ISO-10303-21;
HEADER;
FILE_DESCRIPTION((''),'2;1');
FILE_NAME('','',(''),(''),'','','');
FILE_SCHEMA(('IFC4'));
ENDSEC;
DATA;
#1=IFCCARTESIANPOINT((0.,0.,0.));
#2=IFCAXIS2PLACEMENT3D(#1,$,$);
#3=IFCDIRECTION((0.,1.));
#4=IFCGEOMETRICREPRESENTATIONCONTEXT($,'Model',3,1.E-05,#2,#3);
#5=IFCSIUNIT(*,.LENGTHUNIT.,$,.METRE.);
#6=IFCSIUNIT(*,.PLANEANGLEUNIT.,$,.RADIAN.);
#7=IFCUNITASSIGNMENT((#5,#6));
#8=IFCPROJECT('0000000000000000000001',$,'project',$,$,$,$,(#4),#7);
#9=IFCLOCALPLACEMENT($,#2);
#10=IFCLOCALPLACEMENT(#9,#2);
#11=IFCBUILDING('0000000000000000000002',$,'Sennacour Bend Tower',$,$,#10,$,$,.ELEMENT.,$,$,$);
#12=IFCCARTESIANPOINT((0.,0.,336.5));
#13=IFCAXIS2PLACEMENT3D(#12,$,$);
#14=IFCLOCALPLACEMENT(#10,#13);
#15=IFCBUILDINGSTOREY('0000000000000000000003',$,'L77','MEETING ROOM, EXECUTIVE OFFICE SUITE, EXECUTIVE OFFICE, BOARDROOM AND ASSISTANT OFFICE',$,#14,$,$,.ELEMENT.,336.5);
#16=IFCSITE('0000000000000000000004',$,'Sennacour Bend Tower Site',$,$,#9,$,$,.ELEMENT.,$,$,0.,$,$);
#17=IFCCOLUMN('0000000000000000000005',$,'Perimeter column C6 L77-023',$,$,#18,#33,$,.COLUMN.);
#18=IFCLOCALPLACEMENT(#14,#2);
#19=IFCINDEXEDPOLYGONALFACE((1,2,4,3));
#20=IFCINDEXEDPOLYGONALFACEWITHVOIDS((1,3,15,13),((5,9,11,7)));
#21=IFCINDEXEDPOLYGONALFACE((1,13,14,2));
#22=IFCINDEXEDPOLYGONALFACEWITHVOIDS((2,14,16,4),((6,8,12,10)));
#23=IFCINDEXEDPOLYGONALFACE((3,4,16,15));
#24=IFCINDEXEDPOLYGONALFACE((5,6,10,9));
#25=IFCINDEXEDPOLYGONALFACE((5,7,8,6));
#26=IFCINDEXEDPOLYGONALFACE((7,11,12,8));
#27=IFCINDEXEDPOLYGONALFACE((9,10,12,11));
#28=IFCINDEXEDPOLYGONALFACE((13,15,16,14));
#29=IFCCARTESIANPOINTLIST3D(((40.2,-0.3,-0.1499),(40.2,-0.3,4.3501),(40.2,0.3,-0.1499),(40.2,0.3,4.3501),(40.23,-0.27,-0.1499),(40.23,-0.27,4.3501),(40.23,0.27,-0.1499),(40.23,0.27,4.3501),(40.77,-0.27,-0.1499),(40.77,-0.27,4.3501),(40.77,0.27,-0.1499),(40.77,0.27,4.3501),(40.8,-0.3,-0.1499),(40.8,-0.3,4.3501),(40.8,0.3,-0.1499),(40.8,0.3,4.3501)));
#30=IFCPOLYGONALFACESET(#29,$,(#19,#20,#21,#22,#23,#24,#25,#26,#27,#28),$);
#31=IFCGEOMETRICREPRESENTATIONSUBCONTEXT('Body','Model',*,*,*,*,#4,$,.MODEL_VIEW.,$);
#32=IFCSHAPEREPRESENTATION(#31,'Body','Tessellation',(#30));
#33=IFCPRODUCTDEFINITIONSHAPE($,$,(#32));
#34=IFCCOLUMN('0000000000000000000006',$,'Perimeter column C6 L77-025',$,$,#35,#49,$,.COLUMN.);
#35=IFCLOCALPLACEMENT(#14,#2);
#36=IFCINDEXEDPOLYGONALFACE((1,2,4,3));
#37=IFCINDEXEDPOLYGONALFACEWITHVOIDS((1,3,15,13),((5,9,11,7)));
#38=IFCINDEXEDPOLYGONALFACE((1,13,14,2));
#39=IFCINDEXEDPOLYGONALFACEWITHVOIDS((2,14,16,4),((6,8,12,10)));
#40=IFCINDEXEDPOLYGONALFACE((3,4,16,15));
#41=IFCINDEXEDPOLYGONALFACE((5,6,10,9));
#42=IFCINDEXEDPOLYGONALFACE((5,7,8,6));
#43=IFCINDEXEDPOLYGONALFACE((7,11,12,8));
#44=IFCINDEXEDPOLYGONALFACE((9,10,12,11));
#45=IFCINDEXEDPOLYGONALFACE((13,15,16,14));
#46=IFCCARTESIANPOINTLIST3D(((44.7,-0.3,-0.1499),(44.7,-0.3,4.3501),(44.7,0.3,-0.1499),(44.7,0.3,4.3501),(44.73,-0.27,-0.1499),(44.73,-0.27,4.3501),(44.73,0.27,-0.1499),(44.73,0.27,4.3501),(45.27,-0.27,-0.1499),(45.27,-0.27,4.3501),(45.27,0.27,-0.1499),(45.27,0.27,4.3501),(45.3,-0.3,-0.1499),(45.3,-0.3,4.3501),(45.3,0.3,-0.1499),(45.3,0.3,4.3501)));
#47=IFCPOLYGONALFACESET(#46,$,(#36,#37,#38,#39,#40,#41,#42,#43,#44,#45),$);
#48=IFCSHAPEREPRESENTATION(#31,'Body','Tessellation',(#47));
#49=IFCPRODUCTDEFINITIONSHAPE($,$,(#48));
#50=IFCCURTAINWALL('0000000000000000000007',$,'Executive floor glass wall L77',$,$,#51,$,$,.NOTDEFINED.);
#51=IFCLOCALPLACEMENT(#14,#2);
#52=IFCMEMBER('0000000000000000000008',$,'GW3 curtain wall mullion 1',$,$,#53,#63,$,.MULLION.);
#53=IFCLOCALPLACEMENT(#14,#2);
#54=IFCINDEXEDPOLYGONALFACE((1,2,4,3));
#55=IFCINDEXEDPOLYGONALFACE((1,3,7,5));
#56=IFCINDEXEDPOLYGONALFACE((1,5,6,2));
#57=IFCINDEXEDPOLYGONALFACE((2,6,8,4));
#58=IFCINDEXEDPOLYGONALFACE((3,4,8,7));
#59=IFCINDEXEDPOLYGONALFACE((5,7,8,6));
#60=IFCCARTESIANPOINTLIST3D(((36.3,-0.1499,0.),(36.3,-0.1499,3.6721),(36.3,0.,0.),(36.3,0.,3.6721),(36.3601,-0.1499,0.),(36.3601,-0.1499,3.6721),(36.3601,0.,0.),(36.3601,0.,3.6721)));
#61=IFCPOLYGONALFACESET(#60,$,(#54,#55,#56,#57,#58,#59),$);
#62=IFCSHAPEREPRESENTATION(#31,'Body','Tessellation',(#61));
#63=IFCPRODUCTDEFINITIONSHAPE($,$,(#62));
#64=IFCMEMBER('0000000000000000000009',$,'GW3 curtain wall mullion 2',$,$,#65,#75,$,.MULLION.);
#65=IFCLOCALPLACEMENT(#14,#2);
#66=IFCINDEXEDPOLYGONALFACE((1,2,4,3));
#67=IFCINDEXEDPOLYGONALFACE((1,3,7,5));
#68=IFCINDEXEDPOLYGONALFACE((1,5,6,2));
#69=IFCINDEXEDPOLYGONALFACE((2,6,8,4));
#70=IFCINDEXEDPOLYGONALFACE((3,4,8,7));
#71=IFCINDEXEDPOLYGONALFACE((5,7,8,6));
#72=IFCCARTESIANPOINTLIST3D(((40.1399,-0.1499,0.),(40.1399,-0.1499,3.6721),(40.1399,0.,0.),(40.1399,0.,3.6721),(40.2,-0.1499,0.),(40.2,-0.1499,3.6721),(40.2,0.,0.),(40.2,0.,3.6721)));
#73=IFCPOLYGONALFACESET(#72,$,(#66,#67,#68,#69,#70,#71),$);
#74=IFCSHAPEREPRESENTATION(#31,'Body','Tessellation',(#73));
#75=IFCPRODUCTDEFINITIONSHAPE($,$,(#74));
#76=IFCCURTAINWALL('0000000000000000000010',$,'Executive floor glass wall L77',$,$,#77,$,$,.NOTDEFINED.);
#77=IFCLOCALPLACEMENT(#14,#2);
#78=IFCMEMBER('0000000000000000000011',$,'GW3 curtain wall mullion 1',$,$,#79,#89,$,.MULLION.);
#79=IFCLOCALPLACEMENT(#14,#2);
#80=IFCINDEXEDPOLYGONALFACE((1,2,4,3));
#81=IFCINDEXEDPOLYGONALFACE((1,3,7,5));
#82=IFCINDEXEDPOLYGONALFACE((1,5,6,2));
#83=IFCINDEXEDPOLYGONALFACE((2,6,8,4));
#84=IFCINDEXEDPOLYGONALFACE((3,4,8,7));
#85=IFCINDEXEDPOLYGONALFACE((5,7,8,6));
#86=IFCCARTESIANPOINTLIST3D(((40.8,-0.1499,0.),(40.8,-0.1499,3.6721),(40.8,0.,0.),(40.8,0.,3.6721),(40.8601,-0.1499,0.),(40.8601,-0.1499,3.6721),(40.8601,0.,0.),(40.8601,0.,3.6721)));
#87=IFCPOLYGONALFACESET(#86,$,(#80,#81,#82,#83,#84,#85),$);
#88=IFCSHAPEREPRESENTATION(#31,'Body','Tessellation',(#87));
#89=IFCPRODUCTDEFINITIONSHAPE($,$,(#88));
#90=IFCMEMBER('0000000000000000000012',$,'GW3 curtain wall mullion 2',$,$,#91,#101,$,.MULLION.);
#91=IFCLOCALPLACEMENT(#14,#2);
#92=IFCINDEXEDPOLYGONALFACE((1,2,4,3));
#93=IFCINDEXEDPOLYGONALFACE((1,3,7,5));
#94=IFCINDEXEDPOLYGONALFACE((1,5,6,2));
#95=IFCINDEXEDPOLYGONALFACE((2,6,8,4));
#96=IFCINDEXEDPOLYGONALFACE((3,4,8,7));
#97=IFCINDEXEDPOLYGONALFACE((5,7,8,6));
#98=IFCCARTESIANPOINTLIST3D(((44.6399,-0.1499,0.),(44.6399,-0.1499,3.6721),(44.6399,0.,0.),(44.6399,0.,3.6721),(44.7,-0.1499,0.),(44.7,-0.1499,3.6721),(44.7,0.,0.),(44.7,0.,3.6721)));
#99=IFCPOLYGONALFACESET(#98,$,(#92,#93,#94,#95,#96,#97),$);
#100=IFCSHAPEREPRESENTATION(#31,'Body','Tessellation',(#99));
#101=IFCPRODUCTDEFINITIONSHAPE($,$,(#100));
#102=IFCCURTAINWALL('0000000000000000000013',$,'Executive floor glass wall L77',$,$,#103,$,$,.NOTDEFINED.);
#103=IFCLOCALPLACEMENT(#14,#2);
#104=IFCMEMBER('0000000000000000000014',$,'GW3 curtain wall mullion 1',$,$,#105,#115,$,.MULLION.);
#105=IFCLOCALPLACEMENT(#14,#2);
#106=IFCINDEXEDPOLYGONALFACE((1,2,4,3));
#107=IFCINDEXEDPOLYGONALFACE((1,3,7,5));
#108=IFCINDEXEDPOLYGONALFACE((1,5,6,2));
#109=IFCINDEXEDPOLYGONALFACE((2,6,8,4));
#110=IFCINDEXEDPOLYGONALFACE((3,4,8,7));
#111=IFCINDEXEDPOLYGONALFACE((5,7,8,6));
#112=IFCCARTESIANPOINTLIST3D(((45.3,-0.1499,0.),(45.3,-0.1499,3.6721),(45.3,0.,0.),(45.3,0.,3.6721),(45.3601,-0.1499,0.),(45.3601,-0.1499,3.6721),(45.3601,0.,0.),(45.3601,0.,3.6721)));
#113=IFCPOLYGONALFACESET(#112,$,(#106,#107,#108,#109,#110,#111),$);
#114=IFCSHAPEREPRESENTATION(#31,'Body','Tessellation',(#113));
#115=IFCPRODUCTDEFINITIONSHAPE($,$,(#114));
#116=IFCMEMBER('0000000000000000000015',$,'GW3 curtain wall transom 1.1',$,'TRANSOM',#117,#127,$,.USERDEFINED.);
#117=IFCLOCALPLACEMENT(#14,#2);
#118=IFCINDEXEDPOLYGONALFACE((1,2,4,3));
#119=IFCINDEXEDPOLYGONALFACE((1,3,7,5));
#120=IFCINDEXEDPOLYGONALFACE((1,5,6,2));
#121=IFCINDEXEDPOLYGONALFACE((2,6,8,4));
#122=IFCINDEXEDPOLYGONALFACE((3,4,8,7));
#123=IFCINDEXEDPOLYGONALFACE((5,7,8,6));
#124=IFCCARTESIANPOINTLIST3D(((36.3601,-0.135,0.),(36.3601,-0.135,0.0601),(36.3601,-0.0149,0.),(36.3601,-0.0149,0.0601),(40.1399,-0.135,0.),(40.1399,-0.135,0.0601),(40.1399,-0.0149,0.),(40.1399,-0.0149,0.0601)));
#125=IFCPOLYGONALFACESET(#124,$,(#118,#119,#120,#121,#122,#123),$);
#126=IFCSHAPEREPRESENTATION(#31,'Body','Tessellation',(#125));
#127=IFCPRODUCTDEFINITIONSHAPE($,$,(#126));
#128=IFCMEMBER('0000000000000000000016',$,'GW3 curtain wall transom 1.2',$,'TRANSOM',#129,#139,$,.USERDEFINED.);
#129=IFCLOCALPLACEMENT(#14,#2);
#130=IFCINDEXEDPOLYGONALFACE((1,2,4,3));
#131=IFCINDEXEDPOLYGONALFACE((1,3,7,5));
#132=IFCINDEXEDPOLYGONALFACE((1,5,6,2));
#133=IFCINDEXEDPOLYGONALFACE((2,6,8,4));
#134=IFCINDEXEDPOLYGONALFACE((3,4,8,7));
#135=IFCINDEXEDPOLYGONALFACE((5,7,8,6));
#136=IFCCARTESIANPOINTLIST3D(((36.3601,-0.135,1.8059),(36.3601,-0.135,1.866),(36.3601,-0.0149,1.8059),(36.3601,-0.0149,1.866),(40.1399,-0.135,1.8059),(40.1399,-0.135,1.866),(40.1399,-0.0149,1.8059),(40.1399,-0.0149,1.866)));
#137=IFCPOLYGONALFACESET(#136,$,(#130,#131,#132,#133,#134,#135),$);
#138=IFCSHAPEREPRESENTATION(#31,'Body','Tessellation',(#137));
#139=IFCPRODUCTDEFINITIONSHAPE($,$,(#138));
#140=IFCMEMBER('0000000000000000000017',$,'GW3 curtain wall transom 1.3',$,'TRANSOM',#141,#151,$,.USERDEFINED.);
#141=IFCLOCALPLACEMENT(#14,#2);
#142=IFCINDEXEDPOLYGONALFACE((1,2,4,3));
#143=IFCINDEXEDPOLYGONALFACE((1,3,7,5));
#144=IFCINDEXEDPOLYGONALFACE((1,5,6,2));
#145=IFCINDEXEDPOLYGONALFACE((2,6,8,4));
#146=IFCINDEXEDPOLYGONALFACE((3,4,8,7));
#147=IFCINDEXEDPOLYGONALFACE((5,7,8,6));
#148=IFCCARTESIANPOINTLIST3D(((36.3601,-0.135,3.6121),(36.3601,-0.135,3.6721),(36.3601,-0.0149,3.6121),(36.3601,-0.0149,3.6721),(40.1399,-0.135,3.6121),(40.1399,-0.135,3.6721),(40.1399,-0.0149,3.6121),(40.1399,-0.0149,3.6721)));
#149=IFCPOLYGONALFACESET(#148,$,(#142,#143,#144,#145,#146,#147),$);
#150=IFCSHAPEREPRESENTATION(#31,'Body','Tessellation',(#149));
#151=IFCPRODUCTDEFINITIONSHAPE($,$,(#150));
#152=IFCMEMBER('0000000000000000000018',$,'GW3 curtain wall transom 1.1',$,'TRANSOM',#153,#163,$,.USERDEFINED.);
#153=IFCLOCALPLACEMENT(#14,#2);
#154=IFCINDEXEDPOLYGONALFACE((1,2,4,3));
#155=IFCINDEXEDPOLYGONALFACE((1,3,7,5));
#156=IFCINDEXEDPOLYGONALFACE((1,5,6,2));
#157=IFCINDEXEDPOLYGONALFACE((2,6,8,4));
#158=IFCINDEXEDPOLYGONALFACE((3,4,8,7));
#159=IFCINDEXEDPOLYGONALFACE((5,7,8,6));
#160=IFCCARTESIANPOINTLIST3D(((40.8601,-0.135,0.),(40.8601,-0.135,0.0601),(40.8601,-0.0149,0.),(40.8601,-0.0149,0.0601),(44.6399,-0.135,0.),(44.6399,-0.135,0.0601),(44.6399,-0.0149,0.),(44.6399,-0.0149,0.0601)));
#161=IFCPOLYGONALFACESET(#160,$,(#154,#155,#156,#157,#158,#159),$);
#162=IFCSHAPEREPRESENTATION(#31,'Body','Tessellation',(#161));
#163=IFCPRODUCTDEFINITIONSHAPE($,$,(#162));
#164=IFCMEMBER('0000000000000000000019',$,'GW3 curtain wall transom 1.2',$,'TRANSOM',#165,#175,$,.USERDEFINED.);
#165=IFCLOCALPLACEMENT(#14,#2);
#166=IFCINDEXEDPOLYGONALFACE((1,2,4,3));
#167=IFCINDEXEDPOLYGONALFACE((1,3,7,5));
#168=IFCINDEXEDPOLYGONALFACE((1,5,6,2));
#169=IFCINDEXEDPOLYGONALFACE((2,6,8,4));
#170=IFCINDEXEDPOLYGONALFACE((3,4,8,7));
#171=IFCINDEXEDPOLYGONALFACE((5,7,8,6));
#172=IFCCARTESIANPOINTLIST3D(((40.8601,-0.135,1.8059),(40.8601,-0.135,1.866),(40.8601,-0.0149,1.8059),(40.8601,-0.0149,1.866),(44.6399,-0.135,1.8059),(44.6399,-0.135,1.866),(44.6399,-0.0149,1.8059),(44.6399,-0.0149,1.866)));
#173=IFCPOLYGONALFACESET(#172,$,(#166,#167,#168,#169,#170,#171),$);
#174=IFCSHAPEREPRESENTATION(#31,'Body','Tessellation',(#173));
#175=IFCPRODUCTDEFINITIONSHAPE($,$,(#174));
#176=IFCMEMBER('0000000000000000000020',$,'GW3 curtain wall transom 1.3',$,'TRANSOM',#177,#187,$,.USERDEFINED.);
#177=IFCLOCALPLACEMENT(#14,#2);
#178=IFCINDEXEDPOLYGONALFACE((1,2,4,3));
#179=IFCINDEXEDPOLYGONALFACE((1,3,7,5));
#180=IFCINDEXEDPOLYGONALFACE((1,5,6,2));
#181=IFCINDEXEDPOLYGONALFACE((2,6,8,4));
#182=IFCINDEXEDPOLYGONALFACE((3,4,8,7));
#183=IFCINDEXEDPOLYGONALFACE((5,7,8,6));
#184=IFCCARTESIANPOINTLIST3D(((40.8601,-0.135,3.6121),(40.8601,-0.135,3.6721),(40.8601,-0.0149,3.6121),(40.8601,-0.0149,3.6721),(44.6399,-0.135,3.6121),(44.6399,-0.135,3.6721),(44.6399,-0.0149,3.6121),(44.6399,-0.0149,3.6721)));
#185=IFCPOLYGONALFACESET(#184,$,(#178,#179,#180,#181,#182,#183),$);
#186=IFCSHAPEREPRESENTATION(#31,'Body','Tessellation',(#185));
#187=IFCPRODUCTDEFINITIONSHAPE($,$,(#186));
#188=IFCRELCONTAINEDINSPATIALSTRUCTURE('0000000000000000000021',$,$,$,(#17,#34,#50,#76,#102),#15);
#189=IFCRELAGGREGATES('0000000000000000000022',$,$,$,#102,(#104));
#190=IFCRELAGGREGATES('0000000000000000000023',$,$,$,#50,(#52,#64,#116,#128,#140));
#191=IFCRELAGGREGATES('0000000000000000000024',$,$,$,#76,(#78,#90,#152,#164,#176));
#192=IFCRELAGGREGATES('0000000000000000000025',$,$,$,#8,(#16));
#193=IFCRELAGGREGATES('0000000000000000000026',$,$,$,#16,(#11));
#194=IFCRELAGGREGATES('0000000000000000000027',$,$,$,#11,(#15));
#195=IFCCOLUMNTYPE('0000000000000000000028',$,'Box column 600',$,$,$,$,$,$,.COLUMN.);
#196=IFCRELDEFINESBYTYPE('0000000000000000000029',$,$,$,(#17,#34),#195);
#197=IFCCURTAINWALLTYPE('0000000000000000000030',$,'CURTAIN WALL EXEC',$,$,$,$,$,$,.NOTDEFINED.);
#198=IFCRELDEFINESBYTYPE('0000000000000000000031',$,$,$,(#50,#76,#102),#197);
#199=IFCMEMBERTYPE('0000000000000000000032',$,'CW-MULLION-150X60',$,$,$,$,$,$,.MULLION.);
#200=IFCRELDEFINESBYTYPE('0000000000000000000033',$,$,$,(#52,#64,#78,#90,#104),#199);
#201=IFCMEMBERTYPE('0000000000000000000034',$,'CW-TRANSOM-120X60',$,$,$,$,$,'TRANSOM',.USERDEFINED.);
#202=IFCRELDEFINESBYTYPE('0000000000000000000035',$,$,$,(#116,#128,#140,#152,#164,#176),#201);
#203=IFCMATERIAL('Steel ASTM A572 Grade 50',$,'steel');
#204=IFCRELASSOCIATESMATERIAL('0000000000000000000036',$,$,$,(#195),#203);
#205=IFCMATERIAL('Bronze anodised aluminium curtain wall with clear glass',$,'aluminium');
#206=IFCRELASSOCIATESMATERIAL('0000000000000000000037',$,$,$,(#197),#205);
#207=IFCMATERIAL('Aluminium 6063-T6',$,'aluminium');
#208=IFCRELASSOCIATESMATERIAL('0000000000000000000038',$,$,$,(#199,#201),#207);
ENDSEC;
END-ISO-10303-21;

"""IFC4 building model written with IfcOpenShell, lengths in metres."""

from ifc_helpers import new_model, si_unit, direction, frame, origin, origin_2d, place, context, subcontext, project, spatial, rectangle, hollow_rectangle, extrude, material, material_profile, profile_set, type_object, element, aggregate, save


model = new_model("IFC4")

# Units and contexts
model_context = context("Model", 3, precision=1e-05, world=origin(), true_north=direction((0.0, 1.0)))
body_context = subcontext(model_context, "Body", "Model", "MODEL_VIEW")
ifc_project = project(units=[si_unit("LENGTHUNIT", "METRE"), si_unit("PLANEANGLEUNIT", "RADIAN")], contexts=[model_context])

# Site, building, storey
site_placement = place(None, origin())
site = spatial("IfcSite", under=ifc_project, at=site_placement, Name="Sennacour Bend Tower Site", CompositionType="ELEMENT", RefElevation=0.0)
building_placement = place(site_placement, origin())
building = spatial("IfcBuilding", under=site, at=building_placement, Name="Sennacour Bend Tower", CompositionType="ELEMENT")
storey_placement = place(building_placement, frame((0.0, 0.0, 336.5)))
storey = spatial("IfcBuildingStorey", under=building, at=storey_placement, Name="L77", Description="MEETING ROOM, EXECUTIVE OFFICE SUITE, EXECUTIVE OFFICE, BOARDROOM AND ASSISTANT OFFICE", CompositionType="ELEMENT", Elevation=336.5)

# Columns
ifc_material_1 = material(Name="Steel ASTM A572 Grade 50", Category="steel")
ifc_material_profile_1 = material_profile(ifc_material_1, hollow_rectangle(XDim=0.6001, YDim=0.6001, WallThickness=0.03, at=origin_2d()), Name="Steel ASTM A572 Grade 50", Category="steel")
ifc_profile_set_1 = profile_set([ifc_material_profile_1], Name="Steel ASTM A572 Grade 50")
column_type = type_object("IfcColumnType", Name="Box column 600", PredefinedType="COLUMN", material=ifc_profile_set_1)
for number, where, z_axis, x_axis, name in (
    (1, (40.5, 0.0, -0.1499), (0.0, 0.0, 1.0), (1.0, 0.0, 0.0), "Perimeter column C6 L77-023"),
    (2, (45.0, 0.0, -0.1499), (0.0, 0.0, 1.0), (1.0, 0.0, 0.0), "Perimeter column C6 L77-025"),
):
    element("IfcColumn", number, at=place(storey_placement, frame(where, z_axis=z_axis, x_axis=x_axis)), inside=storey, type_object=column_type, Name=name, PredefinedType="COLUMN", context=body_context, shape_type="SweptSolid", body=[
        extrude(hollow_rectangle(XDim=0.6001, YDim=0.6001, WallThickness=0.03, at=origin_2d()), origin(), (0.0, 0.0, 1.0), 4.5),
    ])

# Curtain walls, members
ifc_material_2 = material(Name="Bronze anodised aluminium curtain wall with clear glass", Category="aluminium")
curtain_wall_type = type_object("IfcCurtainWallType", Name="CURTAIN WALL EXEC", PredefinedType="NOTDEFINED", material=ifc_material_2)
curtain_wall_1_placement = place(storey_placement, origin())
curtain_wall_1 = element("IfcCurtainWall", 3, at=curtain_wall_1_placement, inside=storey, type_object=curtain_wall_type, Name="Executive floor glass wall L77", PredefinedType="NOTDEFINED")
ifc_material_3 = material(Name="Aluminium 6063-T6", Category="aluminium")
ifc_material_profile_2 = material_profile(ifc_material_3, rectangle(XDim=0.1499, YDim=0.0601, at=origin_2d()), Name="Aluminium 6063-T6", Category="aluminium")
ifc_profile_set_2 = profile_set([ifc_material_profile_2], Name="Aluminium 6063-T6")
member_type_1 = type_object("IfcMemberType", Name="CW-MULLION-150X60", PredefinedType="MULLION", material=ifc_profile_set_2)
member_1_placement = place(storey_placement, frame((36.3301, -0.075, 0.0), z_axis=(0.0, 0.0, 1.0), x_axis=(0.0, 1.0, 0.0)))
member_1 = element("IfcMember", 4, at=member_1_placement, type_object=member_type_1, Name="GW3 curtain wall mullion 1", PredefinedType="MULLION", context=body_context, shape_type="SweptSolid", body=[
    extrude(rectangle(XDim=0.1499, YDim=0.0601, at=origin_2d()), origin(), (0.0, 0.0, 1.0), 3.6721),
])
member_2_placement = place(storey_placement, frame((40.1699, -0.075, 0.0), z_axis=(0.0, 0.0, 1.0), x_axis=(0.0, 1.0, 0.0)))
member_2 = element("IfcMember", 5, at=member_2_placement, type_object=member_type_1, Name="GW3 curtain wall mullion 2", PredefinedType="MULLION", context=body_context, shape_type="SweptSolid", body=[
    extrude(rectangle(XDim=0.1499, YDim=0.0601, at=origin_2d()), origin(), (0.0, 0.0, 1.0), 3.6721),
])
curtain_wall_2_placement = place(storey_placement, origin())
curtain_wall_2 = element("IfcCurtainWall", 6, at=curtain_wall_2_placement, inside=storey, type_object=curtain_wall_type, Name="Executive floor glass wall L77", PredefinedType="NOTDEFINED")
member_3_placement = place(storey_placement, frame((40.8301, -0.075, 0.0), z_axis=(0.0, 0.0, 1.0), x_axis=(0.0, 1.0, 0.0)))
member_3 = element("IfcMember", 7, at=member_3_placement, type_object=member_type_1, Name="GW3 curtain wall mullion 1", PredefinedType="MULLION", context=body_context, shape_type="SweptSolid", body=[
    extrude(rectangle(XDim=0.1499, YDim=0.0601, at=origin_2d()), origin(), (0.0, 0.0, 1.0), 3.6721),
])
member_4_placement = place(storey_placement, frame((44.6699, -0.075, 0.0), z_axis=(0.0, 0.0, 1.0), x_axis=(0.0, 1.0, 0.0)))
member_4 = element("IfcMember", 8, at=member_4_placement, type_object=member_type_1, Name="GW3 curtain wall mullion 2", PredefinedType="MULLION", context=body_context, shape_type="SweptSolid", body=[
    extrude(rectangle(XDim=0.1499, YDim=0.0601, at=origin_2d()), origin(), (0.0, 0.0, 1.0), 3.6721),
])

# Curtain wall, member
curtain_wall_3_placement = place(storey_placement, origin())
curtain_wall_3 = element("IfcCurtainWall", 9, at=curtain_wall_3_placement, inside=storey, type_object=curtain_wall_type, Name="Executive floor glass wall L77", PredefinedType="NOTDEFINED")
member_5_placement = place(storey_placement, frame((45.3301, -0.075, 0.0), z_axis=(0.0, 0.0, 1.0), x_axis=(0.0, 1.0, 0.0)))
member_5 = element("IfcMember", 10, at=member_5_placement, type_object=member_type_1, Name="GW3 curtain wall mullion 1", PredefinedType="MULLION", context=body_context, shape_type="SweptSolid", body=[
    extrude(rectangle(XDim=0.1499, YDim=0.0601, at=origin_2d()), origin(), (0.0, 0.0, 1.0), 3.6721),
])
aggregate(curtain_wall_3, [member_5])

# Members
ifc_material_profile_3 = material_profile(ifc_material_3, rectangle(XDim=0.1201, YDim=0.0601, at=origin_2d()), Name="Aluminium 6063-T6", Category="aluminium")
ifc_profile_set_3 = profile_set([ifc_material_profile_3], Name="Aluminium 6063-T6")
member_type_2 = type_object("IfcMemberType", Name="CW-TRANSOM-120X60", ElementType="TRANSOM", PredefinedType="USERDEFINED", material=ifc_profile_set_3)
member_6_placement = place(storey_placement, frame((36.3601, -0.075, 0.03), z_axis=(1.0, 0.0, 0.0), x_axis=(0.0, 1.0, 0.0)))
member_6 = element("IfcMember", 11, at=member_6_placement, type_object=member_type_2, Name="GW3 curtain wall transom 1.1", ObjectType="TRANSOM", PredefinedType="USERDEFINED", context=body_context, shape_type="SweptSolid", body=[
    extrude(rectangle(XDim=0.1201, YDim=0.0601, at=origin_2d()), origin(), (0.0, 0.0, 1.0), 3.7798),
])
member_7_placement = place(storey_placement, frame((36.3601, -0.075, 1.8359), z_axis=(1.0, 0.0, 0.0), x_axis=(0.0, 1.0, 0.0)))
member_7 = element("IfcMember", 12, at=member_7_placement, type_object=member_type_2, Name="GW3 curtain wall transom 1.2", ObjectType="TRANSOM", PredefinedType="USERDEFINED", context=body_context, shape_type="SweptSolid", body=[
    extrude(rectangle(XDim=0.1201, YDim=0.0601, at=origin_2d()), origin(), (0.0, 0.0, 1.0), 3.7798),
])
member_8_placement = place(storey_placement, frame((36.3601, -0.075, 3.6421), z_axis=(1.0, 0.0, 0.0), x_axis=(0.0, 1.0, 0.0)))
member_8 = element("IfcMember", 13, at=member_8_placement, type_object=member_type_2, Name="GW3 curtain wall transom 1.3", ObjectType="TRANSOM", PredefinedType="USERDEFINED", context=body_context, shape_type="SweptSolid", body=[
    extrude(rectangle(XDim=0.1201, YDim=0.0601, at=origin_2d()), origin(), (0.0, 0.0, 1.0), 3.7798),
])
member_9_placement = place(storey_placement, frame((40.8601, -0.075, 0.03), z_axis=(1.0, 0.0, 0.0), x_axis=(0.0, 1.0, 0.0)))
member_9 = element("IfcMember", 14, at=member_9_placement, type_object=member_type_2, Name="GW3 curtain wall transom 1.1", ObjectType="TRANSOM", PredefinedType="USERDEFINED", context=body_context, shape_type="SweptSolid", body=[
    extrude(rectangle(XDim=0.1201, YDim=0.0601, at=origin_2d()), origin(), (0.0, 0.0, 1.0), 3.7798),
])
member_10_placement = place(storey_placement, frame((40.8601, -0.075, 1.8359), z_axis=(1.0, 0.0, 0.0), x_axis=(0.0, 1.0, 0.0)))
member_10 = element("IfcMember", 15, at=member_10_placement, type_object=member_type_2, Name="GW3 curtain wall transom 1.2", ObjectType="TRANSOM", PredefinedType="USERDEFINED", context=body_context, shape_type="SweptSolid", body=[
    extrude(rectangle(XDim=0.1201, YDim=0.0601, at=origin_2d()), origin(), (0.0, 0.0, 1.0), 3.7798),
])
member_11_placement = place(storey_placement, frame((40.8601, -0.075, 3.6421), z_axis=(1.0, 0.0, 0.0), x_axis=(0.0, 1.0, 0.0)))
member_11 = element("IfcMember", 16, at=member_11_placement, type_object=member_type_2, Name="GW3 curtain wall transom 1.3", ObjectType="TRANSOM", PredefinedType="USERDEFINED", context=body_context, shape_type="SweptSolid", body=[
    extrude(rectangle(XDim=0.1201, YDim=0.0601, at=origin_2d()), origin(), (0.0, 0.0, 1.0), 3.7798),
])

aggregate(curtain_wall_1, [member_1, member_2, member_6, member_7, member_8])
aggregate(curtain_wall_2, [member_3, member_4, member_9, member_10, member_11])

save(model, "model.ifc")
